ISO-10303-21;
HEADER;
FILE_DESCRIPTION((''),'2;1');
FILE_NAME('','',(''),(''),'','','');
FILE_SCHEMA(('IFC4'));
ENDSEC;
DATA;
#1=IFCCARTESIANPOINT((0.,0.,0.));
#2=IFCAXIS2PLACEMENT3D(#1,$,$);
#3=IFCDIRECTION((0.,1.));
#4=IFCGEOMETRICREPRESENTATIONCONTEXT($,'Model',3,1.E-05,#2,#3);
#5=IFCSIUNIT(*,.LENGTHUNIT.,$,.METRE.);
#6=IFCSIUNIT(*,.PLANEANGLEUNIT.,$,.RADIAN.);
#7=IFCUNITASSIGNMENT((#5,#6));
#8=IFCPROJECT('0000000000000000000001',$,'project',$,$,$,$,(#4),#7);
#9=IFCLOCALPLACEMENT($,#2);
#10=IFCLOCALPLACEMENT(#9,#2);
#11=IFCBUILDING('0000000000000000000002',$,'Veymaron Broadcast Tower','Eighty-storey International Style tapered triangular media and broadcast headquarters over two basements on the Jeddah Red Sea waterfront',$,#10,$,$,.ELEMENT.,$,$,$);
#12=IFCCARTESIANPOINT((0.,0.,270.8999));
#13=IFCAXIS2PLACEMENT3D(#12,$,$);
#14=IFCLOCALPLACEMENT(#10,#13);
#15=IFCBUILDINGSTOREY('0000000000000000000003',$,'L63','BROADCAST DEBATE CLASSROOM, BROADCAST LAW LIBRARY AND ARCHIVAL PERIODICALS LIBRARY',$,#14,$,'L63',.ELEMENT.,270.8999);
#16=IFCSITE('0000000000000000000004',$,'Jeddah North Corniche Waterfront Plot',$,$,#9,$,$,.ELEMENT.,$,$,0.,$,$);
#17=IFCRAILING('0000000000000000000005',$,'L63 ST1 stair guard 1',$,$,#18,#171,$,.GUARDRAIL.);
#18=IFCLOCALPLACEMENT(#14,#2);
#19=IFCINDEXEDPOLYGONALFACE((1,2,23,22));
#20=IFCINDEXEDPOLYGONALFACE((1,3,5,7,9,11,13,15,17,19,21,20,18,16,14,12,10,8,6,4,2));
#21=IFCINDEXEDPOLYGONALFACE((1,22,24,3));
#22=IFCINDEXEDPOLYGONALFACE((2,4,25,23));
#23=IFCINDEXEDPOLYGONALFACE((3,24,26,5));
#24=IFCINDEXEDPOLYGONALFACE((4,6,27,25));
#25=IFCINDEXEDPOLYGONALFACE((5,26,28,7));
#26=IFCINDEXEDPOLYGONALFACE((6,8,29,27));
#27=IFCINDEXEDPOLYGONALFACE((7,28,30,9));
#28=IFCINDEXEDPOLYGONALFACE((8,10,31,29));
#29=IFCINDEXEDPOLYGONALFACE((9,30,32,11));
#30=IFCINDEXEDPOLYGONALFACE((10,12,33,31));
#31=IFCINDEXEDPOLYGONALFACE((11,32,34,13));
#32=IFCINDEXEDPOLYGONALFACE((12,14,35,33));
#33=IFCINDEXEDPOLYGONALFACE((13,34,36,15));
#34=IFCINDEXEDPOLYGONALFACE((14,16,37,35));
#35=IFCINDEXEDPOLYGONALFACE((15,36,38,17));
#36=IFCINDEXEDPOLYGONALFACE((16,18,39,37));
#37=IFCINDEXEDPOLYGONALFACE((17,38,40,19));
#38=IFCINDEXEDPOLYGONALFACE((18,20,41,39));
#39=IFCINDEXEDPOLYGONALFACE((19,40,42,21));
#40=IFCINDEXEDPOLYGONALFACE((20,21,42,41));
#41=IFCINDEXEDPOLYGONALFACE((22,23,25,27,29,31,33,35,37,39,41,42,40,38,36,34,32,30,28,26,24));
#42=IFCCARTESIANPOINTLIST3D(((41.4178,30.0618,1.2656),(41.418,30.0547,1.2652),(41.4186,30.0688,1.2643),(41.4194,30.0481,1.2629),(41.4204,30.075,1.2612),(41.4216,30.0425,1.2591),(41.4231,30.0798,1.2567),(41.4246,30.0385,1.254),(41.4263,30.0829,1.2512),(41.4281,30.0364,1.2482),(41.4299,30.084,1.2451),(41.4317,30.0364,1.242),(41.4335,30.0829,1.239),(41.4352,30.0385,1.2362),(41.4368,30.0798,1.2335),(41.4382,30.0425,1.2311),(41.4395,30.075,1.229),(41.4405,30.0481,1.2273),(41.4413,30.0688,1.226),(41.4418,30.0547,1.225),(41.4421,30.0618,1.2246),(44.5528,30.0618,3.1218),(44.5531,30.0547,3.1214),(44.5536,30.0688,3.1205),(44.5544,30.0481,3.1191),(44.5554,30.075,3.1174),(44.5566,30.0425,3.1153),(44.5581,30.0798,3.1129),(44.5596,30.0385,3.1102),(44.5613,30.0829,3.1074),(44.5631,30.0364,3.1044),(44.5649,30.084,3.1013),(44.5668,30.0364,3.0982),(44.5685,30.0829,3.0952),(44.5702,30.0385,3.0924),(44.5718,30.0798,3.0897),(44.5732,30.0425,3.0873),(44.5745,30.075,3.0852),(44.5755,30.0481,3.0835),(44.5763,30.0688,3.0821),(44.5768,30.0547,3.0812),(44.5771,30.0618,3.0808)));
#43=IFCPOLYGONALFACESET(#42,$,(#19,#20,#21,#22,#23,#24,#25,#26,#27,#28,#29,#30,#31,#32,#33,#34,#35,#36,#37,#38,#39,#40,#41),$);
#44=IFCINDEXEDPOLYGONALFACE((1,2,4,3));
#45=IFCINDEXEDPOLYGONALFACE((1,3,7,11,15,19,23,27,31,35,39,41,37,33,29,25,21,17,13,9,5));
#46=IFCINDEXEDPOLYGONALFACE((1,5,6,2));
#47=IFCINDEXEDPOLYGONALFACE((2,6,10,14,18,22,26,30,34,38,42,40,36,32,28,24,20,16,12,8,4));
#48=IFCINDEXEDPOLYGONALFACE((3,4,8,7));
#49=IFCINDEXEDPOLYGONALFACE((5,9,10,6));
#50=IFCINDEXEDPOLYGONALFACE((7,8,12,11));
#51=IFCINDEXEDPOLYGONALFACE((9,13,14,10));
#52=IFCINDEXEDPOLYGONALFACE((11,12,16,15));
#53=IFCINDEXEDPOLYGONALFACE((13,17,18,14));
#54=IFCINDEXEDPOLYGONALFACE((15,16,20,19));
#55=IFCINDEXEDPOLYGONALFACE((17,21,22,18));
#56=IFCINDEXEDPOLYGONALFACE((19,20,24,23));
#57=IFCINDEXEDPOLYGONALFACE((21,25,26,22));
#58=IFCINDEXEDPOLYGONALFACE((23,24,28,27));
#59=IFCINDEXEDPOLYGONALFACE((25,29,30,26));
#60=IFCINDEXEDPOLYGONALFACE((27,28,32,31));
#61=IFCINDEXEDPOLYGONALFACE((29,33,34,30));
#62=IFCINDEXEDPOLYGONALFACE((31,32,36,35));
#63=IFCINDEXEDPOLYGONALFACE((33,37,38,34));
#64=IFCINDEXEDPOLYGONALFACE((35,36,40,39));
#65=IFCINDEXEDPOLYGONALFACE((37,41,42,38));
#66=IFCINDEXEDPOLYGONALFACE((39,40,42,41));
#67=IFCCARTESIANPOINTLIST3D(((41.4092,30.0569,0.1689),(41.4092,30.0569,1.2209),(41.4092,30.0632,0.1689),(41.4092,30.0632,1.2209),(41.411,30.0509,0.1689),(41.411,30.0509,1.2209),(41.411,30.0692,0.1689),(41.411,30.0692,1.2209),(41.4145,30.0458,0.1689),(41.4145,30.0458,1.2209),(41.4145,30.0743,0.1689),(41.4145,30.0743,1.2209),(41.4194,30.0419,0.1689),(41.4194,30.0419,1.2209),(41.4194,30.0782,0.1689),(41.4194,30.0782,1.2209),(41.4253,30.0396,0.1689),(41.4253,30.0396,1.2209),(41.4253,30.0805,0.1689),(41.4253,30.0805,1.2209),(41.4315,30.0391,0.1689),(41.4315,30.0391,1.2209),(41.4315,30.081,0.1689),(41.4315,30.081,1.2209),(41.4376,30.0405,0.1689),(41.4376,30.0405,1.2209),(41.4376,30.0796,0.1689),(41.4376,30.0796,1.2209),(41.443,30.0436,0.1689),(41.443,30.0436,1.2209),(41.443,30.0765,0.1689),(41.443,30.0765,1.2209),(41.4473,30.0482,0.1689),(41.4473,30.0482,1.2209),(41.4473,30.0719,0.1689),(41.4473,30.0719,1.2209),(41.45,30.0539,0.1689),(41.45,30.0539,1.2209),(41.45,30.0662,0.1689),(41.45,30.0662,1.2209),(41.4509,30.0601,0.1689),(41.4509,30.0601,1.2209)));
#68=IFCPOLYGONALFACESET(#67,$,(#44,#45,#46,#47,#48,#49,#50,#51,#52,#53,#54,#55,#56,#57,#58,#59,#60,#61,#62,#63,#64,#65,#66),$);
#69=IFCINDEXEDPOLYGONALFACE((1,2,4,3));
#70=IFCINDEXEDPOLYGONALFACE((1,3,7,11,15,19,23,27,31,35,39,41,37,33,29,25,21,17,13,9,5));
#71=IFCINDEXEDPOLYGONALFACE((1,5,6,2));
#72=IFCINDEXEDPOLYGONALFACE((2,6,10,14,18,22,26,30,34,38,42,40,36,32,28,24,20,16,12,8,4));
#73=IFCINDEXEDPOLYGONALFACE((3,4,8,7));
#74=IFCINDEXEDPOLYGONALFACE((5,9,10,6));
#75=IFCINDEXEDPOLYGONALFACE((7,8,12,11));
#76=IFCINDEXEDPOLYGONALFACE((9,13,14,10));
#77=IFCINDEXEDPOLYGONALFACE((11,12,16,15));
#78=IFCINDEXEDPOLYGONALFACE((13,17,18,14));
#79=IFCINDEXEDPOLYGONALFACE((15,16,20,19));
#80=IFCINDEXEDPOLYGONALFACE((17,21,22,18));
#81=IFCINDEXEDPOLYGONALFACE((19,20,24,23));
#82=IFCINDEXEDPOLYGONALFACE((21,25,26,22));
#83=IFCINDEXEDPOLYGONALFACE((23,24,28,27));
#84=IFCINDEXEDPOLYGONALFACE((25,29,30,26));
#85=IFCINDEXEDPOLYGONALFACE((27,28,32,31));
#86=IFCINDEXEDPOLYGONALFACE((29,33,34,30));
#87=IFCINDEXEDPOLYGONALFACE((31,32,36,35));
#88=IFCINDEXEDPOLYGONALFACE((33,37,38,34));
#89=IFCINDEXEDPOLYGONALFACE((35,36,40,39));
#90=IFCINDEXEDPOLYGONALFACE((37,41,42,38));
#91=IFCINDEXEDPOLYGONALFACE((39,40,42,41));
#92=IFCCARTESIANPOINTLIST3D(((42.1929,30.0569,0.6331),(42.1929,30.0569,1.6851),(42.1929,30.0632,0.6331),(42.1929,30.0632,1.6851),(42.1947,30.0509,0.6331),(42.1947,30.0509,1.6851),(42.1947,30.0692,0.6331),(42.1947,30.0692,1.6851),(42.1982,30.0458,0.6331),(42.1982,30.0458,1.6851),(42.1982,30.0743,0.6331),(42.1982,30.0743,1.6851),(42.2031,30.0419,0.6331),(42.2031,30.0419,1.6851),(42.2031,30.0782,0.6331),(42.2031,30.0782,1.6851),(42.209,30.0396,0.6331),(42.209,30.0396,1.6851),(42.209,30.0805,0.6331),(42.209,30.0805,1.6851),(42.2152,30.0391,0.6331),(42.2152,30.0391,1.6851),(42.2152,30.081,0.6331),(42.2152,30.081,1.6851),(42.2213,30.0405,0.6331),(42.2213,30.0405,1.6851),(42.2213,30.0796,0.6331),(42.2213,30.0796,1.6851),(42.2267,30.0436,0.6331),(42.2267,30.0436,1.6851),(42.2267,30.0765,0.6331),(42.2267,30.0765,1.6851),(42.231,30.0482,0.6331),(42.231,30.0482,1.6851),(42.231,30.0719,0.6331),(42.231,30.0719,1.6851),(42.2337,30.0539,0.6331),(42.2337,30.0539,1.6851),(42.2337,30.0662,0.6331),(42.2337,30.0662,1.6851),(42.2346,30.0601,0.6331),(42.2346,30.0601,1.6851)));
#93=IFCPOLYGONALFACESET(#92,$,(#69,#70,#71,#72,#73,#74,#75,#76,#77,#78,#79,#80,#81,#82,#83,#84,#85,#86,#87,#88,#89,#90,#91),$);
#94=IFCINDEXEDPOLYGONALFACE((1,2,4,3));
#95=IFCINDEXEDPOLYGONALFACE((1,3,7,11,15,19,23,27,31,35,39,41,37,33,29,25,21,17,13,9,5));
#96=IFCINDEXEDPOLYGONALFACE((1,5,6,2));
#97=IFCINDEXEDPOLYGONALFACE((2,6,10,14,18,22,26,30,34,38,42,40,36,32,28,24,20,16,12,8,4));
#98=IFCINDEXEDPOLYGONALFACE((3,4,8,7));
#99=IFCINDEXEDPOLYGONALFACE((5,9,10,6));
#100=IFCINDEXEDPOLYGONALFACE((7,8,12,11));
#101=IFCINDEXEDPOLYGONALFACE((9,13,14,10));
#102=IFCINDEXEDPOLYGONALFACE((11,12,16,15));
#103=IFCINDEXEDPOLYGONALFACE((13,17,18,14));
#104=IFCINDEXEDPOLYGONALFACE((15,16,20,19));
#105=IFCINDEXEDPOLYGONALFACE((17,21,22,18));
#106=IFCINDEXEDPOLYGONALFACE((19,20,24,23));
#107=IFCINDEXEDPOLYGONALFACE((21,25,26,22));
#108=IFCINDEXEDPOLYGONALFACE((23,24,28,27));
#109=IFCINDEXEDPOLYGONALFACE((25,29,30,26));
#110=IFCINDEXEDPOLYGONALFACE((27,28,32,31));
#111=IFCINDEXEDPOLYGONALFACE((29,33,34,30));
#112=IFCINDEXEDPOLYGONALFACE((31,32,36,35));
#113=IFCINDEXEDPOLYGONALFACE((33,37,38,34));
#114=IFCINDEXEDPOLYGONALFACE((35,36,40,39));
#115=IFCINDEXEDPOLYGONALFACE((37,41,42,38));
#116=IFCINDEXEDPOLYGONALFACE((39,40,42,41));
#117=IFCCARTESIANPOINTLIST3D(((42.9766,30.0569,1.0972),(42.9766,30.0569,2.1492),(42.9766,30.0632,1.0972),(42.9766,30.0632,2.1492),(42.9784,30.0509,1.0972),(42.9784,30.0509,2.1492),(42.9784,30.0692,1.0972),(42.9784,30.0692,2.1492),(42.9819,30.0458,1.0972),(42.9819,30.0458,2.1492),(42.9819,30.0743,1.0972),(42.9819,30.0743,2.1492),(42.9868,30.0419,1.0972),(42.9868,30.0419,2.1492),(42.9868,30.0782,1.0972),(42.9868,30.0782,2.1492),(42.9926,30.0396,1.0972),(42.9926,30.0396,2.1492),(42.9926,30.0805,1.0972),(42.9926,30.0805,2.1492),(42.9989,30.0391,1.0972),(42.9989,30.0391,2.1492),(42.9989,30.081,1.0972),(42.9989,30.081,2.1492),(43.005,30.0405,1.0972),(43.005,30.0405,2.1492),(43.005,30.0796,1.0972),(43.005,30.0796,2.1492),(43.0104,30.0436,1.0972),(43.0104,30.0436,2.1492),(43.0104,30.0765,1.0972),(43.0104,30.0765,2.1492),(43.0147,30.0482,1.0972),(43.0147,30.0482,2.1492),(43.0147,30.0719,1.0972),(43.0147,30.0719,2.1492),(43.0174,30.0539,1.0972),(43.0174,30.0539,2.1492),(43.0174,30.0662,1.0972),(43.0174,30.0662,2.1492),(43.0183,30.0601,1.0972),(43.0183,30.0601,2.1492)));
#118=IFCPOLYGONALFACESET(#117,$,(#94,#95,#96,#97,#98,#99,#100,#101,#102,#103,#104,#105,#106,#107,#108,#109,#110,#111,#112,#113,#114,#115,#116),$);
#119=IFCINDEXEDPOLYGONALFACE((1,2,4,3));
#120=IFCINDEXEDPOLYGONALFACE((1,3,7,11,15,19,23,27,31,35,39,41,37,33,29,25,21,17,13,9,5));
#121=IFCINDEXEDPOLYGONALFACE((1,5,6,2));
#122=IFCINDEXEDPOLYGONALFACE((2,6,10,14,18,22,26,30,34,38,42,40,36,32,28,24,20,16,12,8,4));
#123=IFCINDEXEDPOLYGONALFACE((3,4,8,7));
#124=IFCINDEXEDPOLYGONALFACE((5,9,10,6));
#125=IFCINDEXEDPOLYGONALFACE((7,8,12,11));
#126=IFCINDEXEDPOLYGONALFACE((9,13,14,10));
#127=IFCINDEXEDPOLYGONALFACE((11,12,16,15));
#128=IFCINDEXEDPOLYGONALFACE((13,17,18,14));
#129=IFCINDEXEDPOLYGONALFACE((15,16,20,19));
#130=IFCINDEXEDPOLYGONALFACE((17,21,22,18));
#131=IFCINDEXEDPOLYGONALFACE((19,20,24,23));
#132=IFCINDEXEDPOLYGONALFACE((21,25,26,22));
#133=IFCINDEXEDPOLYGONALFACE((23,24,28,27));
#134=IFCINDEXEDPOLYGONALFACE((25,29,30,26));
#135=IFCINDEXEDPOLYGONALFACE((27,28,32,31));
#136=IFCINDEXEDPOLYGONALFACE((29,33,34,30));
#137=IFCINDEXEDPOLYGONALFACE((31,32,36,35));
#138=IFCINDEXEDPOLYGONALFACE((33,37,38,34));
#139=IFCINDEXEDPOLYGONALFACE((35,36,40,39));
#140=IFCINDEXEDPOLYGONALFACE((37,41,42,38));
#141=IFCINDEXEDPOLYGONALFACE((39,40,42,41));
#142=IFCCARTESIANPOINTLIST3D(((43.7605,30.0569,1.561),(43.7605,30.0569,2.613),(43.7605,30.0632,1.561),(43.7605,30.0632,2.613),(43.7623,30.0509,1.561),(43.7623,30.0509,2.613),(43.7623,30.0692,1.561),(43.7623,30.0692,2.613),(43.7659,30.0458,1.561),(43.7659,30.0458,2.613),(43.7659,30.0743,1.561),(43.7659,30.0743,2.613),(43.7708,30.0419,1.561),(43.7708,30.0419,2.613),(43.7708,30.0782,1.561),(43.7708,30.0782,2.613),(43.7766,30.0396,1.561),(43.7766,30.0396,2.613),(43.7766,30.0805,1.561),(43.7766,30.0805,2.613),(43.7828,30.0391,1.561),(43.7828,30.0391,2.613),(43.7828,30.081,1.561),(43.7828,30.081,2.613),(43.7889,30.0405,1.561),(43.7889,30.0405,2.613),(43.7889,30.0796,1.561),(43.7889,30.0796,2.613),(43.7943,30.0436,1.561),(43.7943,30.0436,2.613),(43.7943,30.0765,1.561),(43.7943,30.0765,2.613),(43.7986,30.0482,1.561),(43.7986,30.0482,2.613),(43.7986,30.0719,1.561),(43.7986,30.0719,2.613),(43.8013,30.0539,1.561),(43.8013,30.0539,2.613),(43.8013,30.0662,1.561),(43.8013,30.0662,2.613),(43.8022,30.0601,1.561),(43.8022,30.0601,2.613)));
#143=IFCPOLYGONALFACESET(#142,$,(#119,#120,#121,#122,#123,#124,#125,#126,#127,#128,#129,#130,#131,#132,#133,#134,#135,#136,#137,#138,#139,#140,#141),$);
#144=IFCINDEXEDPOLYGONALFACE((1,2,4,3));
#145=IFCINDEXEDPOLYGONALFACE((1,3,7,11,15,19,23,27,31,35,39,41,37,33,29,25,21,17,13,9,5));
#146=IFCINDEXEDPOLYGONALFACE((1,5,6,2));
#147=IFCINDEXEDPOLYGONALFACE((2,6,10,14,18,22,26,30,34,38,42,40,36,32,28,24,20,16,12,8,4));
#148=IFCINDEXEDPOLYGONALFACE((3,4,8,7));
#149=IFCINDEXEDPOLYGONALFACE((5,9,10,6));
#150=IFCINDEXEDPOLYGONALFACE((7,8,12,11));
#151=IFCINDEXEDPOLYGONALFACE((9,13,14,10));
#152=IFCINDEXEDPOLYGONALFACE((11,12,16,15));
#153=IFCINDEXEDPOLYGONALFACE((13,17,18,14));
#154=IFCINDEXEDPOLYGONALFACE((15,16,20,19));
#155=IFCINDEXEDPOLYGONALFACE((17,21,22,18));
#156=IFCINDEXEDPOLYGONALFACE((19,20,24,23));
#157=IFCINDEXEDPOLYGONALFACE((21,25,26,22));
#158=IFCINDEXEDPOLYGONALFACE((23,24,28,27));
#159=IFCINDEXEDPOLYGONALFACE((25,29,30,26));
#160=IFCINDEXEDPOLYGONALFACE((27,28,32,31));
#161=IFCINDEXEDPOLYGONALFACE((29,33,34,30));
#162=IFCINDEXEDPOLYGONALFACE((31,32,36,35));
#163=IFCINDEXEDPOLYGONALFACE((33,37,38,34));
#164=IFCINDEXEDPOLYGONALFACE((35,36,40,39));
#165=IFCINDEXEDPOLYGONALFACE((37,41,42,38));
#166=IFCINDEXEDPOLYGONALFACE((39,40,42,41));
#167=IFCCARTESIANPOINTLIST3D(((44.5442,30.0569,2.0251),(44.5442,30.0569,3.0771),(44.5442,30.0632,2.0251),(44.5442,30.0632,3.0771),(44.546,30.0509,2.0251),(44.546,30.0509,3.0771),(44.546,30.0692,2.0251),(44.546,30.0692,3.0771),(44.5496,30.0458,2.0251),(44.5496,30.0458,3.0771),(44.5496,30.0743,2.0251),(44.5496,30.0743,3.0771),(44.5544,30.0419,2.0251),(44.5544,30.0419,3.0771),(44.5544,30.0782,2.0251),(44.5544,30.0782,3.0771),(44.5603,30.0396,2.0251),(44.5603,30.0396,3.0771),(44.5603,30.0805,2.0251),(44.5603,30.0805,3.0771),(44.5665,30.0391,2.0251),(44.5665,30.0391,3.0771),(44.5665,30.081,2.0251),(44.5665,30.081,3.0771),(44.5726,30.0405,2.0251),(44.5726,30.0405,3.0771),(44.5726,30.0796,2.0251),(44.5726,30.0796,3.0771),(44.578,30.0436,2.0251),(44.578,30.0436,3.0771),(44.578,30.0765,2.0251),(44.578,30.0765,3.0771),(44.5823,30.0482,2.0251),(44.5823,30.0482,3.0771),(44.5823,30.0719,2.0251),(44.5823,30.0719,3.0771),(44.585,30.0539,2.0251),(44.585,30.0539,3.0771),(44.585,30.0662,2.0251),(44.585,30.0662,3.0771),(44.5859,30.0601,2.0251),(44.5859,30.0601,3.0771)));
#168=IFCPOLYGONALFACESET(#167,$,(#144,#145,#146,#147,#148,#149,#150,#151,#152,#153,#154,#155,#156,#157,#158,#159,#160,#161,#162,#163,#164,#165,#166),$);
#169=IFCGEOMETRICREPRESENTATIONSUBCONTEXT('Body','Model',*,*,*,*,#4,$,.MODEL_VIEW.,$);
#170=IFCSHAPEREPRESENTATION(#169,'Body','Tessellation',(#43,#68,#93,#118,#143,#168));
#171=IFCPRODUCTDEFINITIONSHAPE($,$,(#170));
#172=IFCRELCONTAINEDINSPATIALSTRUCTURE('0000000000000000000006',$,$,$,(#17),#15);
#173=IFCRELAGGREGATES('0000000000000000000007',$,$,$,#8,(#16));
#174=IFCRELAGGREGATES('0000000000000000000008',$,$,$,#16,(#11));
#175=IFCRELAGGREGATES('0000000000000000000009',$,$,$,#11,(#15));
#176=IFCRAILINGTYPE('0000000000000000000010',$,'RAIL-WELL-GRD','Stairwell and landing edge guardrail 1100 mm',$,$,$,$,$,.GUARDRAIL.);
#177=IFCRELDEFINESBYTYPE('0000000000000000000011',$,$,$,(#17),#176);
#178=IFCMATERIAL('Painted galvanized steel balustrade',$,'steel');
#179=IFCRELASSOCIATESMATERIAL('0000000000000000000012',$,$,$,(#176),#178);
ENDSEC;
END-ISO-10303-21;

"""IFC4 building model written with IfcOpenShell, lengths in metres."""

from ifc_helpers import new_model, si_unit, direction, frame, origin, origin_2d, place, context, subcontext, project, spatial, circle, extrude, material, type_object, element, save


model = new_model("IFC4")

# Units and contexts
model_context = context("Model", 3, precision=1e-05, world=origin(), true_north=direction((0.0, 1.0)))
body_context = subcontext(model_context, "Body", "Model", "MODEL_VIEW")
ifc_project = project(units=[si_unit("LENGTHUNIT", "METRE"), si_unit("PLANEANGLEUNIT", "RADIAN")], contexts=[model_context])

# Site, building, storey
site_placement = place(None, origin())
site = spatial("IfcSite", under=ifc_project, at=site_placement, Name="Jeddah North Corniche Waterfront Plot", CompositionType="ELEMENT", RefElevation=0.0)
building_placement = place(site_placement, origin())
building = spatial("IfcBuilding", under=site, at=building_placement, Name="Veymaron Broadcast Tower", Description="Eighty-storey International Style tapered triangular media and broadcast headquarters over two basements on the Jeddah Red Sea waterfront", CompositionType="ELEMENT")
storey_placement = place(building_placement, frame((0.0, 0.0, 270.8999)))
storey = spatial("IfcBuildingStorey", under=building, at=storey_placement, Name="L63", Description="BROADCAST DEBATE CLASSROOM, BROADCAST LAW LIBRARY AND ARCHIVAL PERIODICALS LIBRARY", LongName="L63", CompositionType="ELEMENT", Elevation=270.8999)

# Railing
ifc_material_1 = material(Name="Painted galvanized steel balustrade", Category="steel")
railing_type_1 = type_object("IfcRailingType", Name="RAIL-WELL-GRD", Description="Stairwell and landing edge guardrail 1100 mm", PredefinedType="GUARDRAIL", material=ifc_material_1)
railing_1_placement = place(storey_placement, frame((41.4299, 30.0601, 0.1689)))
element("IfcRailing", 1, at=railing_1_placement, inside=storey, type_object=railing_type_1, Name="L63 ST1 stair guard 1", PredefinedType="GUARDRAIL", context=body_context, shape_type="SweptSolid", body=[
    extrude(circle(Radius=0.0239, at=origin_2d()), frame((0.0, 0.0, 1.0762), z_axis=(0.860482, 0.0, 0.509481), x_axis=(0.0, 1.0, 0.0)), (0.0, 0.0, 1.0), 3.6433),
    extrude(circle(Radius=0.021, at=origin_2d()), origin(), (0.0, 0.0, 1.0), 1.052),
    extrude(circle(Radius=0.021, at=origin_2d()), frame((0.7837, 0.0, 0.4641)), (0.0, 0.0, 1.0), 1.052),
    extrude(circle(Radius=0.021, at=origin_2d()), frame((1.5674, 0.0, 0.9282)), (0.0, 0.0, 1.0), 1.052),
    extrude(circle(Radius=0.021, at=origin_2d()), frame((2.3513, 0.0, 1.3921)), (0.0, 0.0, 1.0), 1.052),
    extrude(circle(Radius=0.021, at=origin_2d()), frame((3.135, 0.0, 1.8562)), (0.0, 0.0, 1.0), 1.052),
])

save(model, "model.ifc")
